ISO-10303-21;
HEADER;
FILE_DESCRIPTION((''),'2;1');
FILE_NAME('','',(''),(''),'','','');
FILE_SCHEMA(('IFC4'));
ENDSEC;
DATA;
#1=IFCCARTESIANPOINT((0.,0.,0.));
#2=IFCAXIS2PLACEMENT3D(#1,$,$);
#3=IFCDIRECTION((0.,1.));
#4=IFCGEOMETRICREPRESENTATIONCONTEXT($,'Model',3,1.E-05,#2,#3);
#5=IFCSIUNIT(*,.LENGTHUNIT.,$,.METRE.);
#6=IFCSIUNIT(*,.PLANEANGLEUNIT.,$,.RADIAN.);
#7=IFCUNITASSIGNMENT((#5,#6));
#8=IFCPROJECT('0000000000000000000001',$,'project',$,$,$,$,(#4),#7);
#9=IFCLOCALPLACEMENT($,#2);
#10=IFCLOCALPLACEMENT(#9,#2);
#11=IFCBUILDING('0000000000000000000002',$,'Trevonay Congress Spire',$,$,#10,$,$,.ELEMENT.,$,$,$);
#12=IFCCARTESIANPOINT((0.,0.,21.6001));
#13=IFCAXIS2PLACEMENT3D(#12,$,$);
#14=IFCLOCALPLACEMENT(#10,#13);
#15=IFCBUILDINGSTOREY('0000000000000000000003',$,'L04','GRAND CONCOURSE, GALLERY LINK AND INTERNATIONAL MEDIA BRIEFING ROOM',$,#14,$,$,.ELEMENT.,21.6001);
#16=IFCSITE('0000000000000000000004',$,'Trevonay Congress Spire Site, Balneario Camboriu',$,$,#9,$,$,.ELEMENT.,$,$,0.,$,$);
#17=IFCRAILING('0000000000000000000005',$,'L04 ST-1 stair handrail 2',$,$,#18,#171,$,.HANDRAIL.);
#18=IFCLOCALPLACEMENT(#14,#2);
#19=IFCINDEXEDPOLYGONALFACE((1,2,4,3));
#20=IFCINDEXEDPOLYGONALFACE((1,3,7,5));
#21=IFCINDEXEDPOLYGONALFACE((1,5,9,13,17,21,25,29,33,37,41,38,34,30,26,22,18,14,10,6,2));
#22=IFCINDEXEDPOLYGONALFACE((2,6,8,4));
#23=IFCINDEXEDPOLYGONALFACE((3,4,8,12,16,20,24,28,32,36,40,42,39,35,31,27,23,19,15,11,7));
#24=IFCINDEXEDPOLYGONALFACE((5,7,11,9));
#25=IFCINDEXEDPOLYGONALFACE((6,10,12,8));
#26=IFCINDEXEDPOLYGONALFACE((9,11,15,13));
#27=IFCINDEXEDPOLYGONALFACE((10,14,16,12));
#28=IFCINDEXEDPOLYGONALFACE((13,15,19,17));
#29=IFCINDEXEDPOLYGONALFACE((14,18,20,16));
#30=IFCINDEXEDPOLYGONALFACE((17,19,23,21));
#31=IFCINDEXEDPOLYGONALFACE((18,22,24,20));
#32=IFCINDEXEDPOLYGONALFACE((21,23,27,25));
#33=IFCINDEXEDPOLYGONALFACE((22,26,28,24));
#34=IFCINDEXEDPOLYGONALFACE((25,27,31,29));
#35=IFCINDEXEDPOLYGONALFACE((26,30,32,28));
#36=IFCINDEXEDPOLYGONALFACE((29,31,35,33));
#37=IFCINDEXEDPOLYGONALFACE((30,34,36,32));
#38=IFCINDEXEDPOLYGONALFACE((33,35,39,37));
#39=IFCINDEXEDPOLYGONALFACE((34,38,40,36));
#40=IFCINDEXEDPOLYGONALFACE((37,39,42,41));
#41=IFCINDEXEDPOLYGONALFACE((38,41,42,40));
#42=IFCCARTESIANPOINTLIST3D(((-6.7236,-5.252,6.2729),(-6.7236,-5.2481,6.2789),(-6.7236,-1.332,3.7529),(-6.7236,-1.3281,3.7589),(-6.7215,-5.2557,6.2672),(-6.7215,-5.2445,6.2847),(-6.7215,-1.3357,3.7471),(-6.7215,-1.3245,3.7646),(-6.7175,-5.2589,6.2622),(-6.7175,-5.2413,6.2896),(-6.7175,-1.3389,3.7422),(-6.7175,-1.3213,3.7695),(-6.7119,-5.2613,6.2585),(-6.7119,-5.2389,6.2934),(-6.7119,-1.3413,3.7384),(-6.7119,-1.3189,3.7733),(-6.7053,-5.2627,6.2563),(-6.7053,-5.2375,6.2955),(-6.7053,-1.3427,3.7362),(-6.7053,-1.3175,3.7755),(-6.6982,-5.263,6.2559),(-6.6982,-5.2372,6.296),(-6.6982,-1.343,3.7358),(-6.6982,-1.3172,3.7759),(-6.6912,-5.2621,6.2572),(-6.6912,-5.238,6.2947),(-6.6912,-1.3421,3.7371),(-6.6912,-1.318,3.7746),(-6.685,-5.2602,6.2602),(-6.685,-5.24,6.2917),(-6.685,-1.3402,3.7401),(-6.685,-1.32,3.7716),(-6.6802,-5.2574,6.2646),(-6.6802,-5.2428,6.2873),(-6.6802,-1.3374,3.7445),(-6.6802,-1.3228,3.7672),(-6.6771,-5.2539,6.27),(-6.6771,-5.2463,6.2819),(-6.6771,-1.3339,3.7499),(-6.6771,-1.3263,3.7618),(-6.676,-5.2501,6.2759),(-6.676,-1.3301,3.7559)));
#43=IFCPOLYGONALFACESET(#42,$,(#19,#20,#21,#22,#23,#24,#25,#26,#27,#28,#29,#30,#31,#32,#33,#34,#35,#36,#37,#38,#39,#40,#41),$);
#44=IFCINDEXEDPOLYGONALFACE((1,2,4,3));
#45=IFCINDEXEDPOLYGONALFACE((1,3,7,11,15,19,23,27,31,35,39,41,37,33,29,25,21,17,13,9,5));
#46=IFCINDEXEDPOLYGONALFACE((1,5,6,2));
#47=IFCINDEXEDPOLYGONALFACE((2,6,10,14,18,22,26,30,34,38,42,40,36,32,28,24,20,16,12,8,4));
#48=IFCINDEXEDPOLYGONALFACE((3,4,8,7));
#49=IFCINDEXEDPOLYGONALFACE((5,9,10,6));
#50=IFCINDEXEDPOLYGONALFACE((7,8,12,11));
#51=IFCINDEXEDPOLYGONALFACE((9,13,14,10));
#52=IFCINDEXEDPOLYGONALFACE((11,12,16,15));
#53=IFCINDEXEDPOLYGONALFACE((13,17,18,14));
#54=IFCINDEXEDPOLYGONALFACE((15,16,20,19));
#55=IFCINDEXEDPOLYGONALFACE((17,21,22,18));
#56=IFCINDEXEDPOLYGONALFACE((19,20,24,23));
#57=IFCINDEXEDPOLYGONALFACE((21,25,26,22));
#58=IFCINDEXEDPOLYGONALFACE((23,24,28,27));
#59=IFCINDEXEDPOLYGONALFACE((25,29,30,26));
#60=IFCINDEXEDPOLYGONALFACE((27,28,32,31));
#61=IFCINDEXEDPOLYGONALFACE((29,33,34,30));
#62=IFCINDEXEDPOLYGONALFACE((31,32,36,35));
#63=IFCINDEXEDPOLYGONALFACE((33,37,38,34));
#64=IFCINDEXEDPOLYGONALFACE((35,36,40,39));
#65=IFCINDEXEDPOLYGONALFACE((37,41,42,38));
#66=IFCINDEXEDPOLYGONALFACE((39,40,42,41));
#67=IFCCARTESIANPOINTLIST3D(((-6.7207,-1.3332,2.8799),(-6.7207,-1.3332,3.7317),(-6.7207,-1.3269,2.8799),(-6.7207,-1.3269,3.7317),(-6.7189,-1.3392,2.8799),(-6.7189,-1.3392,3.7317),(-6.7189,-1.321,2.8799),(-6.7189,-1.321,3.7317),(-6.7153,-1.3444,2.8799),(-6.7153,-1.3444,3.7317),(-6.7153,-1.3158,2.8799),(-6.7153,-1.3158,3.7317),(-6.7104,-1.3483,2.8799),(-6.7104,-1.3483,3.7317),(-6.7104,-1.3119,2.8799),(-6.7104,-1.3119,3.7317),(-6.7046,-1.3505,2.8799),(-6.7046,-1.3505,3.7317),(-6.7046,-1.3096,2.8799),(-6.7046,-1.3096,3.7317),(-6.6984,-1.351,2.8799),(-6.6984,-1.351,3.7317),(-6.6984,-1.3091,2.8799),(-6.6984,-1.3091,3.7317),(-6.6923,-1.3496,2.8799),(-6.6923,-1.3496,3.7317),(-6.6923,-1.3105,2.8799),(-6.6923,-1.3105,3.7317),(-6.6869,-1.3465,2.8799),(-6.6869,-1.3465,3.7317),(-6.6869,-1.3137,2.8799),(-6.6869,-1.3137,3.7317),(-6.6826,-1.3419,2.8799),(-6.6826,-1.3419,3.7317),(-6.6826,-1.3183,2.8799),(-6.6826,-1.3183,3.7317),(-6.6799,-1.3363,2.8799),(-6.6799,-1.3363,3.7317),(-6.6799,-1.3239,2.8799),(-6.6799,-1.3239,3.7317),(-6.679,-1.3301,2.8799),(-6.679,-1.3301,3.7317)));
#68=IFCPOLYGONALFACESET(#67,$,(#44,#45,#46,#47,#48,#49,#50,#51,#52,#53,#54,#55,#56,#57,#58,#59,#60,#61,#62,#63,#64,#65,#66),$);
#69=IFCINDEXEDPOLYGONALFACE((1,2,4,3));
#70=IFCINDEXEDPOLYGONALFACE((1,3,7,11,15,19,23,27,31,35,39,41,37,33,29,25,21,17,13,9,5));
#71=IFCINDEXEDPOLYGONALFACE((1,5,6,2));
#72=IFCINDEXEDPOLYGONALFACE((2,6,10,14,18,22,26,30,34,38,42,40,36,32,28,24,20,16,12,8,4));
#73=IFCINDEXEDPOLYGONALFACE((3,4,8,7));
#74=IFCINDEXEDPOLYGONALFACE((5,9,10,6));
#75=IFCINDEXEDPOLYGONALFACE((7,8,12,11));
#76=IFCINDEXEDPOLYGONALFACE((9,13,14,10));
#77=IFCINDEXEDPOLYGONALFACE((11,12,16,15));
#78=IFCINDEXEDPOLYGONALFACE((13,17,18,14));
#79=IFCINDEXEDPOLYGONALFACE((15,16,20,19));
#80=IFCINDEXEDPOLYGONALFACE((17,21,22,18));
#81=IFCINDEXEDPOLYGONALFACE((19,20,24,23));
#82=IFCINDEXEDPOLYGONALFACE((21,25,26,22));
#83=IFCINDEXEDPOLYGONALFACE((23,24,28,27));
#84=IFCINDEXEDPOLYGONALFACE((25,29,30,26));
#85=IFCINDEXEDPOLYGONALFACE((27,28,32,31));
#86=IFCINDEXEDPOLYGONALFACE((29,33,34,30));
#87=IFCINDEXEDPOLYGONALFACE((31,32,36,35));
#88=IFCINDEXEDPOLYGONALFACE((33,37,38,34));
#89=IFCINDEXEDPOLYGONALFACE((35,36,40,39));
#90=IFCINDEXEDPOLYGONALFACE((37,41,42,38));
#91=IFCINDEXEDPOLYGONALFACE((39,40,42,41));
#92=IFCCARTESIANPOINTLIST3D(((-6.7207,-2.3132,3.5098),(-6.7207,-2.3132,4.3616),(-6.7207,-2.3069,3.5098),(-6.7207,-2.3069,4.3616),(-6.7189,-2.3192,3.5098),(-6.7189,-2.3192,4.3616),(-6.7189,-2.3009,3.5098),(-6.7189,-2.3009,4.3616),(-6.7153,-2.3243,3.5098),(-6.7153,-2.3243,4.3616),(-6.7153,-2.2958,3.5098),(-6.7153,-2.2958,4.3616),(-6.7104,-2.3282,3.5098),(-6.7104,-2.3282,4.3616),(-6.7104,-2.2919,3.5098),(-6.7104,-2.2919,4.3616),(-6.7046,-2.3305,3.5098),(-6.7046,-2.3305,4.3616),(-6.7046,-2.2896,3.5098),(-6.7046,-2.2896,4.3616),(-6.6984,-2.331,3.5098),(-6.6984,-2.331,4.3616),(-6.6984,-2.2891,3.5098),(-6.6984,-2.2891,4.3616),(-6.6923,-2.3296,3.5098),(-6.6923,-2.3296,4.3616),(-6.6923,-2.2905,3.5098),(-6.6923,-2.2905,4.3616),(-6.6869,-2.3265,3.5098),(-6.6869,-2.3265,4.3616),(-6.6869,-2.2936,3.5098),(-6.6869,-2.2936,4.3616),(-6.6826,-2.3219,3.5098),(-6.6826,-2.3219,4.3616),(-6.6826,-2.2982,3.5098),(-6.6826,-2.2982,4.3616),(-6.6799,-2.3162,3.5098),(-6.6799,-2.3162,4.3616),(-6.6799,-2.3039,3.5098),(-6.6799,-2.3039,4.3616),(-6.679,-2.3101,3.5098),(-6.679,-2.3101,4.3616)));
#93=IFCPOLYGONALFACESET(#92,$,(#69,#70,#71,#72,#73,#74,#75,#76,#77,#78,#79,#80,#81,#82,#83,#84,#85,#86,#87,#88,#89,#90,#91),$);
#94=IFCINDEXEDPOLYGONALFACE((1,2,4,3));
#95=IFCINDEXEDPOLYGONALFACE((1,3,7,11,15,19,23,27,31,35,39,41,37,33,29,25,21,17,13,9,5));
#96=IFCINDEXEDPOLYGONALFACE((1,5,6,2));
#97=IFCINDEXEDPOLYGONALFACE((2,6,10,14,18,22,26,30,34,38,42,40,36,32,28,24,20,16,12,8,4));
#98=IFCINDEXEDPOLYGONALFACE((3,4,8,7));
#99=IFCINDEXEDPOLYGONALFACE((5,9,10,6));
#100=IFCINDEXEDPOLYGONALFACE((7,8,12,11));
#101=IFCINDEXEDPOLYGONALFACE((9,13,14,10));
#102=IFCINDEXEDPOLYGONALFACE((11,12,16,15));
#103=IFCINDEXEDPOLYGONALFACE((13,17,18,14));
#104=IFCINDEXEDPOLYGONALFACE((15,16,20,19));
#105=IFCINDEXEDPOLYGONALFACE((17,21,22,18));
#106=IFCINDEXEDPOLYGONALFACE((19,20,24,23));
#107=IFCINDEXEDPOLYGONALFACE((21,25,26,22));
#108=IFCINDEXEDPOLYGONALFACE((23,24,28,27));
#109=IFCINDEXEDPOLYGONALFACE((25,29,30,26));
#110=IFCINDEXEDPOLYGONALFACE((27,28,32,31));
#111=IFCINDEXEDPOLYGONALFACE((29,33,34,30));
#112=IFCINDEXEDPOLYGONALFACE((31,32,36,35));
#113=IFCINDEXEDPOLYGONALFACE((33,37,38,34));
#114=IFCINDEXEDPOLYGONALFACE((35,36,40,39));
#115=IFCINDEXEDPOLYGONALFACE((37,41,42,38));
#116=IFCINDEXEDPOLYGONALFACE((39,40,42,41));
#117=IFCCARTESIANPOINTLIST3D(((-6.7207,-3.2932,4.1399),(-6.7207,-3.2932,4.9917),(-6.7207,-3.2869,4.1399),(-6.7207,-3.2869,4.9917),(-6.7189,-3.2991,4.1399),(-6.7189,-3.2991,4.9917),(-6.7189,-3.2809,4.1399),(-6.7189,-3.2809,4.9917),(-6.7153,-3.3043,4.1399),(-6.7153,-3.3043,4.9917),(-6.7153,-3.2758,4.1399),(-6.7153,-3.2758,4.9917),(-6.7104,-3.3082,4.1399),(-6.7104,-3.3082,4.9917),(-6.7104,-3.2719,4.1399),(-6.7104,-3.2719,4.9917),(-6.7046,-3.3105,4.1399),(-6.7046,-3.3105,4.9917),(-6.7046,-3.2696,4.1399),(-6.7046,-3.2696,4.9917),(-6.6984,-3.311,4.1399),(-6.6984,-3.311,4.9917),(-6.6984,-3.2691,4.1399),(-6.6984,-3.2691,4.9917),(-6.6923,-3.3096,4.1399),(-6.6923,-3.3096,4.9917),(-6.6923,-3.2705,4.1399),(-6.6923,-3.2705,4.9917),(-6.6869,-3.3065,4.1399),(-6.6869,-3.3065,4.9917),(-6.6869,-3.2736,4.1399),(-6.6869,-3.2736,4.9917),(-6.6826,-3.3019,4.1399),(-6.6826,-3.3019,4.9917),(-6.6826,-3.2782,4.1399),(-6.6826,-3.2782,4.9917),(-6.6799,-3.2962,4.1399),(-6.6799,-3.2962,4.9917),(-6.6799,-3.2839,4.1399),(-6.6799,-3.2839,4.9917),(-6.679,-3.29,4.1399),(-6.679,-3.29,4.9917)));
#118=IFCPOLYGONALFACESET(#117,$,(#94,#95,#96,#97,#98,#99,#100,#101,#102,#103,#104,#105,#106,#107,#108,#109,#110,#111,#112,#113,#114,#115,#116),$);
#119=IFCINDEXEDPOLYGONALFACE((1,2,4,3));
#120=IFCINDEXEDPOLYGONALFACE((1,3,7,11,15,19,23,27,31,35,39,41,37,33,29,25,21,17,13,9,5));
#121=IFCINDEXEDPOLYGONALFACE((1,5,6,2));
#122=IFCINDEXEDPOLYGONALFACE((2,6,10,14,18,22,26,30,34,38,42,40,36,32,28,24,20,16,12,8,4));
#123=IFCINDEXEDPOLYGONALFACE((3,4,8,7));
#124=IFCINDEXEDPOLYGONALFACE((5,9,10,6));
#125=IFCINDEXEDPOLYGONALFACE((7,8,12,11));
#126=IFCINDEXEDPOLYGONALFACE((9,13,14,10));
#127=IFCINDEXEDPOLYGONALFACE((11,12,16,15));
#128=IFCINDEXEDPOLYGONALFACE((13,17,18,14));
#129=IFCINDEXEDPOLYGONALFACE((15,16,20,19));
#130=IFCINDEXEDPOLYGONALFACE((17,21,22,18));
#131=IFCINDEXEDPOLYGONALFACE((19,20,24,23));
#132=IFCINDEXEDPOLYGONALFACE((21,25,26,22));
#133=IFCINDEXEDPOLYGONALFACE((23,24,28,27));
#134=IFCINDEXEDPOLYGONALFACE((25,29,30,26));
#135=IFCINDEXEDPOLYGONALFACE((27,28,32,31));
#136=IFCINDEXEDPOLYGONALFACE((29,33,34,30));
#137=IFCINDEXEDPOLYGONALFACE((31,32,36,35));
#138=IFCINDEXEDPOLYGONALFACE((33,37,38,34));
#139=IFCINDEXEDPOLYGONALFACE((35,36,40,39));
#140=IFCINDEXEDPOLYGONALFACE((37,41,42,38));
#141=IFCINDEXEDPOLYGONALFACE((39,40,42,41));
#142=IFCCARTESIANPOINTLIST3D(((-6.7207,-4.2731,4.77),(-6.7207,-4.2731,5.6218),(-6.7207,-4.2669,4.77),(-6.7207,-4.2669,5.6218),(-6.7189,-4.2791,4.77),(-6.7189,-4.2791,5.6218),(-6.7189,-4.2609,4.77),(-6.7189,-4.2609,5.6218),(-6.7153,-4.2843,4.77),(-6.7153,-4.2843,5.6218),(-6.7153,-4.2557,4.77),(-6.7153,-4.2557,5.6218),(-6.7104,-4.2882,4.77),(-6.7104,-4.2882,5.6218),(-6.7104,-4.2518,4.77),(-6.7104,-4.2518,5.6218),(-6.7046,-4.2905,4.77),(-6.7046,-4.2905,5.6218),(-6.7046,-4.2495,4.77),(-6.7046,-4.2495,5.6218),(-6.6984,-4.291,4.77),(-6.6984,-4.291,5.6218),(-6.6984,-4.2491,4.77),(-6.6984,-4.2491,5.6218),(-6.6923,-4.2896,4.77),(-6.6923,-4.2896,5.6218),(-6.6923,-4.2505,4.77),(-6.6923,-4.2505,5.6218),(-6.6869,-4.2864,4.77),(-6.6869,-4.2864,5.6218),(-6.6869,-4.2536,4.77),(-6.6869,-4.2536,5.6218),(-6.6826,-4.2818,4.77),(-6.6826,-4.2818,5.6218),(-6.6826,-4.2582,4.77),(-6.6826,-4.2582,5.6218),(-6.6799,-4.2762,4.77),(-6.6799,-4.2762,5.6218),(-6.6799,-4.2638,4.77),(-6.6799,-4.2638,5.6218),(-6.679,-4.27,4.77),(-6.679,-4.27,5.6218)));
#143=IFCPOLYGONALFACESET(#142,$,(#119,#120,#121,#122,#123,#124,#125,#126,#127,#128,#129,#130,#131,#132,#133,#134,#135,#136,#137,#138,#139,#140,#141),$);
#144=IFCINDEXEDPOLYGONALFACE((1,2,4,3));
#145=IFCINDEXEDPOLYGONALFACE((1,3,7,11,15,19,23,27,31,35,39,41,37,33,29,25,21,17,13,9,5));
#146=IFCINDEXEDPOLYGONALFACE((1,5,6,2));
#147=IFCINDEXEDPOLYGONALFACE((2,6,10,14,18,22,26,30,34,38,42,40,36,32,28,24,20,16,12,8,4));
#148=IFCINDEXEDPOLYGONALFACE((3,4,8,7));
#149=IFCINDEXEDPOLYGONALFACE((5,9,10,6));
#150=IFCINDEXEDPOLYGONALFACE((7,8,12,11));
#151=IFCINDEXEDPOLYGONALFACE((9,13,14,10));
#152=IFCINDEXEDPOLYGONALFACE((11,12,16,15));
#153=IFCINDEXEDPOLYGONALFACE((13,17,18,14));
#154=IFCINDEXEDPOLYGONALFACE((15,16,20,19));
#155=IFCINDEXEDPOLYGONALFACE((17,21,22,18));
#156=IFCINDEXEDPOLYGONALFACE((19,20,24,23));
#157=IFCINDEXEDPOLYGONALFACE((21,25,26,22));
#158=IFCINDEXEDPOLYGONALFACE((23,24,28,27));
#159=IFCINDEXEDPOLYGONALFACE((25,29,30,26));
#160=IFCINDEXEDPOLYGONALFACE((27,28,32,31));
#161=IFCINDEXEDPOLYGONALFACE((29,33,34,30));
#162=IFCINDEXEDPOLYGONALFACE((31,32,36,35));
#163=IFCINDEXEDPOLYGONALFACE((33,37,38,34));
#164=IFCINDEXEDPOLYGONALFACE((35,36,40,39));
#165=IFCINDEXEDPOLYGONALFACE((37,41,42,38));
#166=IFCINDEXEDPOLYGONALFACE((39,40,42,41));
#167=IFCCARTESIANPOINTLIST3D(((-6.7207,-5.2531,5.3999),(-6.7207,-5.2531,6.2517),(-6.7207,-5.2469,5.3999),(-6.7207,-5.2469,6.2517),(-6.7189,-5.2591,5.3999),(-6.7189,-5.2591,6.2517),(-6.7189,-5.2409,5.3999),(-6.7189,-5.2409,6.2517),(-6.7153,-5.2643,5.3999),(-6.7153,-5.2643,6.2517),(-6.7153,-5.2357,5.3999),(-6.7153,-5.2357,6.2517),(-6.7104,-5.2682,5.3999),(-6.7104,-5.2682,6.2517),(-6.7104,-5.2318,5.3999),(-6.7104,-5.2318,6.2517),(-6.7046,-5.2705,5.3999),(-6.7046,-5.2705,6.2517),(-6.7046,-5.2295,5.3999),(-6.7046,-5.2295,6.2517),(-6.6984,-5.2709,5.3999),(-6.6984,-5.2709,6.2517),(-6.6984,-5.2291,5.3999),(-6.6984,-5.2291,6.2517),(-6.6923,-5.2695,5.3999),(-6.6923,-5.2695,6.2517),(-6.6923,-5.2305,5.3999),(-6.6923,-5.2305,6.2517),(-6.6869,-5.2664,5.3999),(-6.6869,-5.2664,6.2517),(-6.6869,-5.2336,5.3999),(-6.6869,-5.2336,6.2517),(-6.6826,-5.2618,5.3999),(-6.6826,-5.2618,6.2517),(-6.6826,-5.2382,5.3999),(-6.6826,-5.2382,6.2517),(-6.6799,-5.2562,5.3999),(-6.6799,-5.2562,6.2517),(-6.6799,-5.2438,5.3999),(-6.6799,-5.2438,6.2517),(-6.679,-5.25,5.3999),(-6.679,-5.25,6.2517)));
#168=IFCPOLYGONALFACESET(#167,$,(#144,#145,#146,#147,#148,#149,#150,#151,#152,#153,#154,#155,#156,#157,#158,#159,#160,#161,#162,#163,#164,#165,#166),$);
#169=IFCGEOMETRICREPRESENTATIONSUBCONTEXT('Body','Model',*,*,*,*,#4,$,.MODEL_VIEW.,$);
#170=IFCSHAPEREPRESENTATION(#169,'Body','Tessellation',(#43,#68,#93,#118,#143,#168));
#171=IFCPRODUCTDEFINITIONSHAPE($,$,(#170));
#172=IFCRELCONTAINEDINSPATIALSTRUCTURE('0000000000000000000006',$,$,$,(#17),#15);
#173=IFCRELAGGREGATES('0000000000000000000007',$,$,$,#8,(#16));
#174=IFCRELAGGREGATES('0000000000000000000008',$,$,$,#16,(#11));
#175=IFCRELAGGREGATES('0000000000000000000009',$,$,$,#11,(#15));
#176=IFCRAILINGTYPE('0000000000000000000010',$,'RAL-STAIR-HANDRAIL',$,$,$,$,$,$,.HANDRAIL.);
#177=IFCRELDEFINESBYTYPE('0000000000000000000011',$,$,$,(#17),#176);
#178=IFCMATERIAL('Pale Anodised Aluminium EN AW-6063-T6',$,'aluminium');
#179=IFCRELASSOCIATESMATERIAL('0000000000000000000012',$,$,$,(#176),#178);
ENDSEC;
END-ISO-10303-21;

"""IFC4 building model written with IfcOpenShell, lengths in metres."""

from ifc_helpers import new_model, si_unit, direction, frame, origin, origin_2d, place, context, subcontext, project, spatial, circle, extrude, material, type_object, element, save


model = new_model("IFC4")

# Units and contexts
model_context = context("Model", 3, precision=1e-05, world=origin(), true_north=direction((0.0, 1.0)))
body_context = subcontext(model_context, "Body", "Model", "MODEL_VIEW")
ifc_project = project(units=[si_unit("LENGTHUNIT", "METRE"), si_unit("PLANEANGLEUNIT", "RADIAN")], contexts=[model_context])

# Site, building, storey
site_placement = place(None, origin())
site = spatial("IfcSite", under=ifc_project, at=site_placement, Name="Trevonay Congress Spire Site, Balneario Camboriu", CompositionType="ELEMENT", RefElevation=0.0)
building_placement = place(site_placement, origin())
building = spatial("IfcBuilding", under=site, at=building_placement, Name="Trevonay Congress Spire", CompositionType="ELEMENT")
storey_placement = place(building_placement, frame((0.0, 0.0, 21.6001)))
storey = spatial("IfcBuildingStorey", under=building, at=storey_placement, Name="L04", Description="GRAND CONCOURSE, GALLERY LINK AND INTERNATIONAL MEDIA BRIEFING ROOM", CompositionType="ELEMENT", Elevation=21.6001)

# Shared definitions
ifc_material_1 = material(Name="Pale Anodised Aluminium EN AW-6063-T6", Category="aluminium")

# Railing
railing_type_1 = type_object("IfcRailingType", Name="RAL-STAIR-HANDRAIL", PredefinedType="HANDRAIL", material=ifc_material_1)
railing_1_placement = place(storey_placement, frame((-6.7, -1.3301, 2.8799)))
element("IfcRailing", 1, at=railing_1_placement, inside=storey, type_object=railing_type_1, Name="L04 ST-1 stair handrail 2", PredefinedType="HANDRAIL", context=body_context, shape_type="SweptSolid", body=[
    extrude(circle(Radius=0.0239, at=origin_2d()), frame((0.0, 0.0, 0.876), z_axis=(0.0, -0.841172, 0.540768), x_axis=(1.0, 0.0, 0.0)), (0.0, 0.0, 1.0), 4.6602),
    extrude(circle(Radius=0.021, at=origin_2d()), origin(), (0.0, 0.0, 1.0), 0.8518),
    extrude(circle(Radius=0.021, at=origin_2d()), frame((0.0, -0.98, 0.6299)), (0.0, 0.0, 1.0), 0.8518),
    extrude(circle(Radius=0.021, at=origin_2d()), frame((0.0, -1.96, 1.26)), (0.0, 0.0, 1.0), 0.8518),
    extrude(circle(Radius=0.021, at=origin_2d()), frame((0.0, -2.9399, 1.8901)), (0.0, 0.0, 1.0), 0.8518),
    extrude(circle(Radius=0.021, at=origin_2d()), frame((0.0, -3.9199, 2.52)), (0.0, 0.0, 1.0), 0.8518),
])

save(model, "model.ifc")
